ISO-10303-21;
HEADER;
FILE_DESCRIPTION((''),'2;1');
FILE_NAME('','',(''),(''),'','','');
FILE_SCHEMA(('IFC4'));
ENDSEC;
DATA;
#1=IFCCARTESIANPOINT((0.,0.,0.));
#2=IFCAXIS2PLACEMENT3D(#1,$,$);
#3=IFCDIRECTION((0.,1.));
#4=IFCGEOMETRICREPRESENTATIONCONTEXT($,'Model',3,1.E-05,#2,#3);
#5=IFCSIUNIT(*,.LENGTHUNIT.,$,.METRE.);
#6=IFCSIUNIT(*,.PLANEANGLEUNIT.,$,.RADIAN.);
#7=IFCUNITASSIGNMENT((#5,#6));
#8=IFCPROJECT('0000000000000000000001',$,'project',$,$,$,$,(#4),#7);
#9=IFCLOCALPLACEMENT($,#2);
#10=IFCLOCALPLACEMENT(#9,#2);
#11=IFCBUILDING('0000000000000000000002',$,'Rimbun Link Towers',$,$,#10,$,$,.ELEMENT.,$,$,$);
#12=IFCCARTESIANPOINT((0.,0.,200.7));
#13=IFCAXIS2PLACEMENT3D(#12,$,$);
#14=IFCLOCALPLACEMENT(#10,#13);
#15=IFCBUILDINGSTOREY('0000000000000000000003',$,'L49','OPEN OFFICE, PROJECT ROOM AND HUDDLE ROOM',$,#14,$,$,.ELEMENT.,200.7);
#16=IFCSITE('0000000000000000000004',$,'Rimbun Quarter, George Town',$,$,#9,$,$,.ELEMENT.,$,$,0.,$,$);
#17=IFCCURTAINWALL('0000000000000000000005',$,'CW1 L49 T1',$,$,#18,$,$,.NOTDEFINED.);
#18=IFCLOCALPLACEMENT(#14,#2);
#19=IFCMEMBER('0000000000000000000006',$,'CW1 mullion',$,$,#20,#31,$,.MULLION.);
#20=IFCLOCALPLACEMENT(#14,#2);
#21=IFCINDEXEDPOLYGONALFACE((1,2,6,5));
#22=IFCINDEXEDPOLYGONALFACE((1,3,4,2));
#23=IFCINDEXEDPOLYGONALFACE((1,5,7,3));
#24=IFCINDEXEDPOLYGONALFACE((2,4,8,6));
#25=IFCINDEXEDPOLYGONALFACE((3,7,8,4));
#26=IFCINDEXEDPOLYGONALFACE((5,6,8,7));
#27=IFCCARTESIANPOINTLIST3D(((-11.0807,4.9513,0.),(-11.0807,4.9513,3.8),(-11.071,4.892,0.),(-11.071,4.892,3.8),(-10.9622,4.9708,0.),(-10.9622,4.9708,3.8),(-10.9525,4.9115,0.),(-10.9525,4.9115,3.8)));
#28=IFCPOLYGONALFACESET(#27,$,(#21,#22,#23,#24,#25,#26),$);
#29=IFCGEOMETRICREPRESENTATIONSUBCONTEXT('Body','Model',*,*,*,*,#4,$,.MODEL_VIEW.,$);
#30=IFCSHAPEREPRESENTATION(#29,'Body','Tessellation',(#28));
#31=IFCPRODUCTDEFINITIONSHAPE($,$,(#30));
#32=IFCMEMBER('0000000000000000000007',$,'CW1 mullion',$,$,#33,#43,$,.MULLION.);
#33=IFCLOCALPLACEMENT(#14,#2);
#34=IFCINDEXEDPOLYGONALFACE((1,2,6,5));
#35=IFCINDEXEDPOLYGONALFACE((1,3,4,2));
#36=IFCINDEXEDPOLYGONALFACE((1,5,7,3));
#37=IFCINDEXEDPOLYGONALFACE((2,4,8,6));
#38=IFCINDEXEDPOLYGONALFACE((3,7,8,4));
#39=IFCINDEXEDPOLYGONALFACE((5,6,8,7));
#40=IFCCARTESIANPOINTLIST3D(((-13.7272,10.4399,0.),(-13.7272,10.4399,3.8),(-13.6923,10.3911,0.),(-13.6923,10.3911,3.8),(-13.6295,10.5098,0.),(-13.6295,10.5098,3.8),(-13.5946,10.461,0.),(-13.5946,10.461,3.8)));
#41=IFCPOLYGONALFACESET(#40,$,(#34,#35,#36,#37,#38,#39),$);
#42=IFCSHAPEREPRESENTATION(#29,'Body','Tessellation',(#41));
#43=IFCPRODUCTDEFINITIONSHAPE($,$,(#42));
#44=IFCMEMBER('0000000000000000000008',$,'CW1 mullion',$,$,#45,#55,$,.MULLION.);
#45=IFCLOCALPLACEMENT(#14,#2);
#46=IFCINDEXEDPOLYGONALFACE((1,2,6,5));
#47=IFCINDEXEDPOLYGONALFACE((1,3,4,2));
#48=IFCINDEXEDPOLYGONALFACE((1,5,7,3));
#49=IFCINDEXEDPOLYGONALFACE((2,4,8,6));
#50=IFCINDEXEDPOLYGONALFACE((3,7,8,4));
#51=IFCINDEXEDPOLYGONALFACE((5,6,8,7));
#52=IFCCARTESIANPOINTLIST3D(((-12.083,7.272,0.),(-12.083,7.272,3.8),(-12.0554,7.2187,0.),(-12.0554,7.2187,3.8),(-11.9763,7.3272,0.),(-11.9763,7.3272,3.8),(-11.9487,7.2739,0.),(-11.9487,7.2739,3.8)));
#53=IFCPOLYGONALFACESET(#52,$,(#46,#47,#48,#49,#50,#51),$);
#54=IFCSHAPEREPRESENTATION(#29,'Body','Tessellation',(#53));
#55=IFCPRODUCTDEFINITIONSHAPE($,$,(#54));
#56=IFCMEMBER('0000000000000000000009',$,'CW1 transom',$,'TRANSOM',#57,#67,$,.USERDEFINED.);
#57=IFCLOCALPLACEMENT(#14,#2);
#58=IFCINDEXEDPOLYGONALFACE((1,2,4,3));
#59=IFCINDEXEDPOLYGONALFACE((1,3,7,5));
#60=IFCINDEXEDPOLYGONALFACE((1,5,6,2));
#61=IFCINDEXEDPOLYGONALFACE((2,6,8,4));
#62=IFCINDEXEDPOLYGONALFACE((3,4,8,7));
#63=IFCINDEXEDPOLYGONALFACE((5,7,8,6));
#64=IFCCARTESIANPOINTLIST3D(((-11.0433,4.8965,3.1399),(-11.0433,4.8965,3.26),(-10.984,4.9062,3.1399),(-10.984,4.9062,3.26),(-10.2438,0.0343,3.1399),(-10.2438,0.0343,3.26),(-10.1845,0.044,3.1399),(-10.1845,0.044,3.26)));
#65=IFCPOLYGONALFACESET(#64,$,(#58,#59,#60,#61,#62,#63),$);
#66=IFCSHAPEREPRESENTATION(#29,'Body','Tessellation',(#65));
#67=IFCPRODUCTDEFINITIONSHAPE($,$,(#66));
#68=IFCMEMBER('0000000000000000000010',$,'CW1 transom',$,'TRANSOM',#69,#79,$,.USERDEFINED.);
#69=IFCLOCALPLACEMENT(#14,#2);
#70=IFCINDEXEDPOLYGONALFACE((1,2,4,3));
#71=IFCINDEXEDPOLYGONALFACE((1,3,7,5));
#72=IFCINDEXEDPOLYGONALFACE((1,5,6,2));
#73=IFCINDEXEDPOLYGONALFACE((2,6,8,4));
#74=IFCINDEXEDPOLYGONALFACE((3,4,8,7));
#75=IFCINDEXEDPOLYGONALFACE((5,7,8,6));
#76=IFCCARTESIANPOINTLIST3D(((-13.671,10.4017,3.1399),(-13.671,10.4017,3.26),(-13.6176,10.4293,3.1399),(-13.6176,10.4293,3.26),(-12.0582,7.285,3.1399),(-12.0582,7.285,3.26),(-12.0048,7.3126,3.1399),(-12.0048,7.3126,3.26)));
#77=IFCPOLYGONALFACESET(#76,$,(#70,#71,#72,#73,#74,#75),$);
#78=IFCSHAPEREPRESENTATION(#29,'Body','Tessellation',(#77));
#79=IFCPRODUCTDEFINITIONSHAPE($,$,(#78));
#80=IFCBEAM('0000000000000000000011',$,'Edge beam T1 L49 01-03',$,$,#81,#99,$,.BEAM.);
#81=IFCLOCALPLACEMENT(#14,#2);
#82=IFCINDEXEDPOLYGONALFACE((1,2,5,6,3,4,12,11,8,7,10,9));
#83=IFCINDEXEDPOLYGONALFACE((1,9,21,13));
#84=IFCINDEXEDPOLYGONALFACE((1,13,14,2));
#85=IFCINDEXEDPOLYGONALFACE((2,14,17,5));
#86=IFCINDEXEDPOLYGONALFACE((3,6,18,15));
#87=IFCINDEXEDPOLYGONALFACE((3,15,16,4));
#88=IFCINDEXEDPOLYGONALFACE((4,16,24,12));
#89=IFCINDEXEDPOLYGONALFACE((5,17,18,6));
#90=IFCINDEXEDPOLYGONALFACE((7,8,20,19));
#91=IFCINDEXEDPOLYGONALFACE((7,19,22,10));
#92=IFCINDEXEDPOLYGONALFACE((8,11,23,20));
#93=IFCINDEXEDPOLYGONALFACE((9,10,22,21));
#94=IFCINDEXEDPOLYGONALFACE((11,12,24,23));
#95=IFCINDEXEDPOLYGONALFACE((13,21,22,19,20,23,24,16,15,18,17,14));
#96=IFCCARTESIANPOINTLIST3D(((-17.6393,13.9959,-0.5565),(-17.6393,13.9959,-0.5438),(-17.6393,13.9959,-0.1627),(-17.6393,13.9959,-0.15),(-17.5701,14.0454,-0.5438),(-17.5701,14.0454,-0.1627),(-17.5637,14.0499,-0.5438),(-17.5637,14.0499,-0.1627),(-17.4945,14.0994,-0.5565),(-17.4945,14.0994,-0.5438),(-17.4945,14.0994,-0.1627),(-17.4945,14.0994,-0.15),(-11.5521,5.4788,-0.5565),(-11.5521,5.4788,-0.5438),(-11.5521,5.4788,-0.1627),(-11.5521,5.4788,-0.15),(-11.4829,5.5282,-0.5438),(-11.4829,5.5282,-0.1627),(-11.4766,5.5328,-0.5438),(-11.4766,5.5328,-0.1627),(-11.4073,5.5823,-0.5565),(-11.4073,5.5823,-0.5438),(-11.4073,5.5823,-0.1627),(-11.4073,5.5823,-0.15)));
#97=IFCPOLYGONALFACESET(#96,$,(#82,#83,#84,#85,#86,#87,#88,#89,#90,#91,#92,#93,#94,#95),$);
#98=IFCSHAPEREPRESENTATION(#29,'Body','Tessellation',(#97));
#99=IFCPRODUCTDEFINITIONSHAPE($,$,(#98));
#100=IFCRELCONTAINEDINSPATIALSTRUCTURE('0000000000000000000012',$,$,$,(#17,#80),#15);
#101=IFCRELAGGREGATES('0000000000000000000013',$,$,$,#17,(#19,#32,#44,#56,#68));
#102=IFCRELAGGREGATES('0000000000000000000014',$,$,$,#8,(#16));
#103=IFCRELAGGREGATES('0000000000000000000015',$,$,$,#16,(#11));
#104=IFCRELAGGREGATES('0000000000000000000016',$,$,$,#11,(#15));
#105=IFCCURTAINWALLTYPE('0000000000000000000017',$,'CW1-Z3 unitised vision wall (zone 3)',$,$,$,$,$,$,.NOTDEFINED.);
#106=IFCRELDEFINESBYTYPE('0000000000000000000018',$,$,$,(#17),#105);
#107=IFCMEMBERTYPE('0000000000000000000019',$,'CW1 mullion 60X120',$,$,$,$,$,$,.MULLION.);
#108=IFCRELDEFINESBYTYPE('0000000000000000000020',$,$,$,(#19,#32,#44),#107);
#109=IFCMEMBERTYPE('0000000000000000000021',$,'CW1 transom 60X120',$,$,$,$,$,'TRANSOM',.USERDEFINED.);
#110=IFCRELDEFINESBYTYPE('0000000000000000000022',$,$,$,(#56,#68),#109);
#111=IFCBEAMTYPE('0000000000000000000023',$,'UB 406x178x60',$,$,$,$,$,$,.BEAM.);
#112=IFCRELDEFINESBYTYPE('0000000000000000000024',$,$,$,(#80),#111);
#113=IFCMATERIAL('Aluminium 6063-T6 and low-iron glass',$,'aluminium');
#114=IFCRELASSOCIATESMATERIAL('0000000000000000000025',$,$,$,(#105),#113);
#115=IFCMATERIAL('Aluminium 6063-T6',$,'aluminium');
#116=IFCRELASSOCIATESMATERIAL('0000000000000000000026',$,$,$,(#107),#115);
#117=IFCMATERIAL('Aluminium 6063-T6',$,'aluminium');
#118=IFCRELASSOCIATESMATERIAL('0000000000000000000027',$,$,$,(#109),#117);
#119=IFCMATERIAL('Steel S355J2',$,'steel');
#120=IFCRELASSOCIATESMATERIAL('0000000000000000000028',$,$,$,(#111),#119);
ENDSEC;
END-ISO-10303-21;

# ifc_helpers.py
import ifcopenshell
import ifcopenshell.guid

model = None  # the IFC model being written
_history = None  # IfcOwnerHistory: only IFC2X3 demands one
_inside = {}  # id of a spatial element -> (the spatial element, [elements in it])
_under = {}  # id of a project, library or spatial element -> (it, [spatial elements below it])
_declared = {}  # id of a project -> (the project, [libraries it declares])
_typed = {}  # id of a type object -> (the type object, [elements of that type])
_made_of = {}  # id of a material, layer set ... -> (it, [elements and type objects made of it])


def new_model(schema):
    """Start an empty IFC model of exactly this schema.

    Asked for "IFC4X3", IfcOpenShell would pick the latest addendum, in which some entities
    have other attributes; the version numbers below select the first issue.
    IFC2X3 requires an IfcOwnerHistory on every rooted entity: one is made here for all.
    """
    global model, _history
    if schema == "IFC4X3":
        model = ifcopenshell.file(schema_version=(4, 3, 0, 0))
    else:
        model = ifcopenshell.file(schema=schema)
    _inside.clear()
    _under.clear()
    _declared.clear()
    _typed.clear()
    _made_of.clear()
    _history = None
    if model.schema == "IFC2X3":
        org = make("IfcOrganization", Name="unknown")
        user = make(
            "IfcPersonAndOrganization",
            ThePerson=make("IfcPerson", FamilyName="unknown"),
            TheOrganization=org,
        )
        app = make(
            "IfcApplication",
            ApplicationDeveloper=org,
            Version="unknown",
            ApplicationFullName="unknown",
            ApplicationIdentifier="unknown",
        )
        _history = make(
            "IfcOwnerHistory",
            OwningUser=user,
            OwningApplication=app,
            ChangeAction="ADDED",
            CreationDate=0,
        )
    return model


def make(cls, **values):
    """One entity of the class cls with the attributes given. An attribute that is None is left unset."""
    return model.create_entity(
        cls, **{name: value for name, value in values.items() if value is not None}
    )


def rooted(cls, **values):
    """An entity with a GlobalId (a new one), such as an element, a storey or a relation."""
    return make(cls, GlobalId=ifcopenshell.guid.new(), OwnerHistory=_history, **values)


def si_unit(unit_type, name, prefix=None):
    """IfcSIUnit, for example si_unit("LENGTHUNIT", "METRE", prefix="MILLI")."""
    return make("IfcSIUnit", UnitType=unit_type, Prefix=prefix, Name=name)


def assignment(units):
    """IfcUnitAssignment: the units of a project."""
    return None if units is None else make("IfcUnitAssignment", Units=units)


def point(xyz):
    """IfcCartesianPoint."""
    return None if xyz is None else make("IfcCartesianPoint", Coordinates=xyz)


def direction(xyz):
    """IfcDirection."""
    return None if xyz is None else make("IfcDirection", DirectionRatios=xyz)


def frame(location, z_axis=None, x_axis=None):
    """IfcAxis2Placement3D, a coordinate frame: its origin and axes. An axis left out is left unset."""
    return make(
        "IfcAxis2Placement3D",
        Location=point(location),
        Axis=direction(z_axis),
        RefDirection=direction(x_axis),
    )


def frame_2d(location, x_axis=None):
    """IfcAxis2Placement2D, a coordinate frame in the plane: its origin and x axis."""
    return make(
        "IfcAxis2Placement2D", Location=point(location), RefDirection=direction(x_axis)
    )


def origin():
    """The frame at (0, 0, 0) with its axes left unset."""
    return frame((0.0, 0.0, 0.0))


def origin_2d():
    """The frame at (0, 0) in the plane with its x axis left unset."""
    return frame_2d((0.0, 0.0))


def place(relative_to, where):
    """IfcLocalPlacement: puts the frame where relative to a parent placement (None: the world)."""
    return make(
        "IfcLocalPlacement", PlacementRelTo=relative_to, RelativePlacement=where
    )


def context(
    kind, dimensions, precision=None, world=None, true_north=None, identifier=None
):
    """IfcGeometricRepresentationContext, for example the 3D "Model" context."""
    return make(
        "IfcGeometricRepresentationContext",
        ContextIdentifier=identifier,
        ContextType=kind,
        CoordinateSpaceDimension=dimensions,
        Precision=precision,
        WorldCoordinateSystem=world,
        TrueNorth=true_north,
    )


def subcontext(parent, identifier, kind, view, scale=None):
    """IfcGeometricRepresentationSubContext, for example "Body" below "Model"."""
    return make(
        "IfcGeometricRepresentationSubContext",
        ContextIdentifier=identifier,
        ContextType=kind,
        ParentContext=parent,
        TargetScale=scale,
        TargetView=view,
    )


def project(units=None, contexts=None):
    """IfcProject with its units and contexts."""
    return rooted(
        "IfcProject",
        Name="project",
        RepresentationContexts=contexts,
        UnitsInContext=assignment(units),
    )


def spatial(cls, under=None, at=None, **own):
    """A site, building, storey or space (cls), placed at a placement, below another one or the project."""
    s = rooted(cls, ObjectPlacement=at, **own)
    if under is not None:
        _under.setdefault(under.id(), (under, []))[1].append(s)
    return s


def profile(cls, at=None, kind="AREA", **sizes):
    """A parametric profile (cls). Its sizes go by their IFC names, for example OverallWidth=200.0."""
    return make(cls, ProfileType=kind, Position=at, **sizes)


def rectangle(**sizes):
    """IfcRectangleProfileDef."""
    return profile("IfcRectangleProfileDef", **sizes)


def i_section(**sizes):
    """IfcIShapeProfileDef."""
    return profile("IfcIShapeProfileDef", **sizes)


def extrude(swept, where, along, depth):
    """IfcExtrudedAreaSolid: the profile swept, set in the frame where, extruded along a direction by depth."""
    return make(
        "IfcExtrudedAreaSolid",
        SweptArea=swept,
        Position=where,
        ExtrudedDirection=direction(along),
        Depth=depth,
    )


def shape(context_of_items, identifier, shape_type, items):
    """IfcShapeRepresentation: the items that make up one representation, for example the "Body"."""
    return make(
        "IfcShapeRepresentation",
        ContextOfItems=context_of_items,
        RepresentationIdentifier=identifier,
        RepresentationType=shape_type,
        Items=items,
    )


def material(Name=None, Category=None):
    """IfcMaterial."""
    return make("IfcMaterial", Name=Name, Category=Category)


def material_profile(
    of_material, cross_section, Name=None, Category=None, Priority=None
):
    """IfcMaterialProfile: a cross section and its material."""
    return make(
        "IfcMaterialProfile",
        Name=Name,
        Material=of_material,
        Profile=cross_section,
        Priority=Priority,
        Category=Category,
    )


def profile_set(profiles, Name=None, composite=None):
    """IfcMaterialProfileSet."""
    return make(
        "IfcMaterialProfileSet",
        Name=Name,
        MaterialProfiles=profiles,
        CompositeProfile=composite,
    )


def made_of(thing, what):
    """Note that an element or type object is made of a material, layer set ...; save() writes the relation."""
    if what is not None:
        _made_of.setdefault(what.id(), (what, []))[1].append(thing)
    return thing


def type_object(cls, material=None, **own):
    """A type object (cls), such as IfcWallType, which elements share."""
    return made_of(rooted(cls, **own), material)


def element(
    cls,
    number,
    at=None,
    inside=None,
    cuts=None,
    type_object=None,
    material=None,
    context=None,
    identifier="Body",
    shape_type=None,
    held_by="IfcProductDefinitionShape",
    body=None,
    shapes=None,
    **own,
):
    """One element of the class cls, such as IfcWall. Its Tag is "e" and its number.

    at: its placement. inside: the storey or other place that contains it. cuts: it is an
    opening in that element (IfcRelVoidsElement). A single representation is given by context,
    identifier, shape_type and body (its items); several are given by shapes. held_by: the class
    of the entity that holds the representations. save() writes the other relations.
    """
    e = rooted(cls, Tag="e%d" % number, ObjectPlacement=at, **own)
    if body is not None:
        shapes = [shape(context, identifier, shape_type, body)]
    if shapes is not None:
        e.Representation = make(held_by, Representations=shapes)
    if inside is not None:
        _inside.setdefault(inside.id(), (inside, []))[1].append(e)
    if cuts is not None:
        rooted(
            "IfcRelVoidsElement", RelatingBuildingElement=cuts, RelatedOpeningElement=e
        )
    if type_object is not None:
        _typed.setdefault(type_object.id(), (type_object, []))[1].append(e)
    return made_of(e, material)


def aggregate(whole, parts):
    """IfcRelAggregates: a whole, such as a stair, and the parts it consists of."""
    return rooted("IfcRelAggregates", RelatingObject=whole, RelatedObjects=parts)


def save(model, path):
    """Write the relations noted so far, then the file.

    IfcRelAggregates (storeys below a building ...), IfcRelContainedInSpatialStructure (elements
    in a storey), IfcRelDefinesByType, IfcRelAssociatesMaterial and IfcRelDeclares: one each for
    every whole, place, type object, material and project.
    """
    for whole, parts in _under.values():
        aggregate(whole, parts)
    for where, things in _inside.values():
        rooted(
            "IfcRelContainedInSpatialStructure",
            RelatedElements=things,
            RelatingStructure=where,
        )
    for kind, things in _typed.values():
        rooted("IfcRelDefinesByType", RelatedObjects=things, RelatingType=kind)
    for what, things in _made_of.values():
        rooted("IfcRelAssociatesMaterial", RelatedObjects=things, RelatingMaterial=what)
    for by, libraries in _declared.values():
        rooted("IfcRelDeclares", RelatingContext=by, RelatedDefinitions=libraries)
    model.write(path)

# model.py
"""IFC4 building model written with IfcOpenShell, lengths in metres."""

from ifc_helpers import new_model, si_unit, direction, frame, origin, origin_2d, place, context, subcontext, project, spatial, rectangle, i_section, extrude, material, material_profile, profile_set, type_object, element, aggregate, save


model = new_model("IFC4")

# Units and contexts
model_context = context("Model", 3, precision=1e-05, world=origin(), true_north=direction((0.0, 1.0)))
body_context = subcontext(model_context, "Body", "Model", "MODEL_VIEW")
ifc_project = project(units=[si_unit("LENGTHUNIT", "METRE"), si_unit("PLANEANGLEUNIT", "RADIAN")], contexts=[model_context])

# Site, building, storey
site_placement = place(None, origin())
site = spatial("IfcSite", under=ifc_project, at=site_placement, Name="Rimbun Quarter, George Town", CompositionType="ELEMENT", RefElevation=0.0)
building_placement = place(site_placement, origin())
building = spatial("IfcBuilding", under=site, at=building_placement, Name="Rimbun Link Towers", CompositionType="ELEMENT")
storey_placement = place(building_placement, frame((0.0, 0.0, 200.7)))
storey = spatial("IfcBuildingStorey", under=building, at=storey_placement, Name="L49", Description="OPEN OFFICE, PROJECT ROOM AND HUDDLE ROOM", CompositionType="ELEMENT", Elevation=200.7)

# Curtain wall, members
ifc_material_1 = material(Name="Aluminium 6063-T6 and low-iron glass", Category="aluminium")
curtain_wall_type = type_object("IfcCurtainWallType", Name="CW1-Z3 unitised vision wall (zone 3)", PredefinedType="NOTDEFINED", material=ifc_material_1)
curtain_wall_placement = place(storey_placement, origin())
curtain_wall = element("IfcCurtainWall", 1, at=curtain_wall_placement, inside=storey, type_object=curtain_wall_type, Name="CW1 L49 T1", PredefinedType="NOTDEFINED")
ifc_material_2 = material(Name="Aluminium 6063-T6", Category="aluminium")
ifc_material_profile_1 = material_profile(ifc_material_2, rectangle(XDim=0.1201, YDim=0.0601, at=origin_2d()), Name="MULLION 60X120")
ifc_profile_set_1 = profile_set([ifc_material_profile_1], Name="Aluminium 6063-T6")
member_type_1 = type_object("IfcMemberType", Name="CW1 mullion 60X120", PredefinedType="MULLION", material=ifc_profile_set_1)
member_1_placement = place(storey_placement, frame((-11.0166, 4.9314, 0.0), z_axis=(0.0, 0.0, 1.0), x_axis=(0.98675, 0.162251, 0.0)))
member_1 = element("IfcMember", 2, at=member_1_placement, type_object=member_type_1, Name="CW1 mullion", PredefinedType="MULLION", context=body_context, shape_type="SweptSolid", body=[
    extrude(rectangle(XDim=0.1201, YDim=0.0601, at=origin_2d()), origin(), (0.0, 0.0, 1.0), 3.8),
])
member_2_placement = place(storey_placement, frame((-13.6609, 10.4504, 0.0), z_axis=(0.0, 0.0, 1.0), x_axis=(0.813351, 0.581774, 0.0)))
member_2 = element("IfcMember", 3, at=member_2_placement, type_object=member_type_1, Name="CW1 mullion", PredefinedType="MULLION", context=body_context, shape_type="SweptSolid", body=[
    extrude(rectangle(XDim=0.1201, YDim=0.0601, at=origin_2d()), origin(), (0.0, 0.0, 1.0), 3.8),
])
member_3_placement = place(storey_placement, frame((-12.0159, 7.2729, 0.0), z_axis=(0.0, 0.0, 1.0), x_axis=(0.888145, 0.459563, 0.0)))
member_3 = element("IfcMember", 4, at=member_3_placement, type_object=member_type_1, Name="CW1 mullion", PredefinedType="MULLION", context=body_context, shape_type="SweptSolid", body=[
    extrude(rectangle(XDim=0.1201, YDim=0.0601, at=origin_2d()), origin(), (0.0, 0.0, 1.0), 3.8),
])
ifc_material_3 = material(Name="Aluminium 6063-T6", Category="aluminium")
ifc_material_profile_2 = material_profile(ifc_material_3, rectangle(XDim=0.0601, YDim=0.1201, at=origin_2d()), Name="TRANSOM 60X120")
ifc_profile_set_2 = profile_set([ifc_material_profile_2], Name="Aluminium 6063-T6")
member_type_2 = type_object("IfcMemberType", Name="CW1 transom 60X120", ElementType="TRANSOM", PredefinedType="USERDEFINED", material=ifc_profile_set_2)
member_4_placement = place(storey_placement, frame((-11.0137, 4.9014, 3.2), z_axis=(0.162261, -0.986748, 0.0), x_axis=(0.986748, 0.162261, 0.0)))
member_4 = element("IfcMember", 5, at=member_4_placement, type_object=member_type_2, Name="CW1 transom", ObjectType="TRANSOM", PredefinedType="USERDEFINED", context=body_context, shape_type="SweptSolid", body=[
    extrude(rectangle(XDim=0.0601, YDim=0.1201, at=origin_2d()), origin(), (0.0, 0.0, 1.0), 4.9275),
])
member_5_placement = place(storey_placement, frame((-13.6443, 10.4155, 3.2), z_axis=(0.459582, -0.888135, 0.0), x_axis=(0.888135, 0.459582, 0.0)))
member_5 = element("IfcMember", 6, at=member_5_placement, type_object=member_type_2, Name="CW1 transom", ObjectType="TRANSOM", PredefinedType="USERDEFINED", context=body_context, shape_type="SweptSolid", body=[
    extrude(rectangle(XDim=0.0601, YDim=0.1201, at=origin_2d()), origin(), (0.0, 0.0, 1.0), 3.5093),
])

# Beam
ifc_material_4 = material(Name="Steel S355J2", Category="steel")
ifc_material_profile_3 = material_profile(ifc_material_4, i_section(OverallWidth=0.178, OverallDepth=0.4065, WebThickness=0.0078, FlangeThickness=0.0127, at=origin_2d()), Name="UB 406x178x60")
ifc_profile_set_3 = profile_set([ifc_material_profile_3], Name="Steel S355J2")
beam_type = type_object("IfcBeamType", Name="UB 406x178x60", PredefinedType="BEAM", material=ifc_profile_set_3)
beam_placement = place(storey_placement, frame((-11.4797, 5.5305, -0.3533), z_axis=(-0.581461, 0.813574, 0.0), x_axis=(-0.813574, -0.581461, 0.0)))
element("IfcBeam", 7, at=beam_placement, inside=storey, type_object=beam_type, Name="Edge beam T1 L49 01-03", PredefinedType="BEAM", context=body_context, shape_type="SweptSolid", body=[
    extrude(i_section(OverallWidth=0.178, OverallDepth=0.4065, WebThickness=0.0078, FlangeThickness=0.0127, at=origin_2d()), origin(), (0.0, 0.0, 1.0), 10.4688),
])

aggregate(curtain_wall, [member_1, member_2, member_3, member_4, member_5])

save(model, "model.ifc")
